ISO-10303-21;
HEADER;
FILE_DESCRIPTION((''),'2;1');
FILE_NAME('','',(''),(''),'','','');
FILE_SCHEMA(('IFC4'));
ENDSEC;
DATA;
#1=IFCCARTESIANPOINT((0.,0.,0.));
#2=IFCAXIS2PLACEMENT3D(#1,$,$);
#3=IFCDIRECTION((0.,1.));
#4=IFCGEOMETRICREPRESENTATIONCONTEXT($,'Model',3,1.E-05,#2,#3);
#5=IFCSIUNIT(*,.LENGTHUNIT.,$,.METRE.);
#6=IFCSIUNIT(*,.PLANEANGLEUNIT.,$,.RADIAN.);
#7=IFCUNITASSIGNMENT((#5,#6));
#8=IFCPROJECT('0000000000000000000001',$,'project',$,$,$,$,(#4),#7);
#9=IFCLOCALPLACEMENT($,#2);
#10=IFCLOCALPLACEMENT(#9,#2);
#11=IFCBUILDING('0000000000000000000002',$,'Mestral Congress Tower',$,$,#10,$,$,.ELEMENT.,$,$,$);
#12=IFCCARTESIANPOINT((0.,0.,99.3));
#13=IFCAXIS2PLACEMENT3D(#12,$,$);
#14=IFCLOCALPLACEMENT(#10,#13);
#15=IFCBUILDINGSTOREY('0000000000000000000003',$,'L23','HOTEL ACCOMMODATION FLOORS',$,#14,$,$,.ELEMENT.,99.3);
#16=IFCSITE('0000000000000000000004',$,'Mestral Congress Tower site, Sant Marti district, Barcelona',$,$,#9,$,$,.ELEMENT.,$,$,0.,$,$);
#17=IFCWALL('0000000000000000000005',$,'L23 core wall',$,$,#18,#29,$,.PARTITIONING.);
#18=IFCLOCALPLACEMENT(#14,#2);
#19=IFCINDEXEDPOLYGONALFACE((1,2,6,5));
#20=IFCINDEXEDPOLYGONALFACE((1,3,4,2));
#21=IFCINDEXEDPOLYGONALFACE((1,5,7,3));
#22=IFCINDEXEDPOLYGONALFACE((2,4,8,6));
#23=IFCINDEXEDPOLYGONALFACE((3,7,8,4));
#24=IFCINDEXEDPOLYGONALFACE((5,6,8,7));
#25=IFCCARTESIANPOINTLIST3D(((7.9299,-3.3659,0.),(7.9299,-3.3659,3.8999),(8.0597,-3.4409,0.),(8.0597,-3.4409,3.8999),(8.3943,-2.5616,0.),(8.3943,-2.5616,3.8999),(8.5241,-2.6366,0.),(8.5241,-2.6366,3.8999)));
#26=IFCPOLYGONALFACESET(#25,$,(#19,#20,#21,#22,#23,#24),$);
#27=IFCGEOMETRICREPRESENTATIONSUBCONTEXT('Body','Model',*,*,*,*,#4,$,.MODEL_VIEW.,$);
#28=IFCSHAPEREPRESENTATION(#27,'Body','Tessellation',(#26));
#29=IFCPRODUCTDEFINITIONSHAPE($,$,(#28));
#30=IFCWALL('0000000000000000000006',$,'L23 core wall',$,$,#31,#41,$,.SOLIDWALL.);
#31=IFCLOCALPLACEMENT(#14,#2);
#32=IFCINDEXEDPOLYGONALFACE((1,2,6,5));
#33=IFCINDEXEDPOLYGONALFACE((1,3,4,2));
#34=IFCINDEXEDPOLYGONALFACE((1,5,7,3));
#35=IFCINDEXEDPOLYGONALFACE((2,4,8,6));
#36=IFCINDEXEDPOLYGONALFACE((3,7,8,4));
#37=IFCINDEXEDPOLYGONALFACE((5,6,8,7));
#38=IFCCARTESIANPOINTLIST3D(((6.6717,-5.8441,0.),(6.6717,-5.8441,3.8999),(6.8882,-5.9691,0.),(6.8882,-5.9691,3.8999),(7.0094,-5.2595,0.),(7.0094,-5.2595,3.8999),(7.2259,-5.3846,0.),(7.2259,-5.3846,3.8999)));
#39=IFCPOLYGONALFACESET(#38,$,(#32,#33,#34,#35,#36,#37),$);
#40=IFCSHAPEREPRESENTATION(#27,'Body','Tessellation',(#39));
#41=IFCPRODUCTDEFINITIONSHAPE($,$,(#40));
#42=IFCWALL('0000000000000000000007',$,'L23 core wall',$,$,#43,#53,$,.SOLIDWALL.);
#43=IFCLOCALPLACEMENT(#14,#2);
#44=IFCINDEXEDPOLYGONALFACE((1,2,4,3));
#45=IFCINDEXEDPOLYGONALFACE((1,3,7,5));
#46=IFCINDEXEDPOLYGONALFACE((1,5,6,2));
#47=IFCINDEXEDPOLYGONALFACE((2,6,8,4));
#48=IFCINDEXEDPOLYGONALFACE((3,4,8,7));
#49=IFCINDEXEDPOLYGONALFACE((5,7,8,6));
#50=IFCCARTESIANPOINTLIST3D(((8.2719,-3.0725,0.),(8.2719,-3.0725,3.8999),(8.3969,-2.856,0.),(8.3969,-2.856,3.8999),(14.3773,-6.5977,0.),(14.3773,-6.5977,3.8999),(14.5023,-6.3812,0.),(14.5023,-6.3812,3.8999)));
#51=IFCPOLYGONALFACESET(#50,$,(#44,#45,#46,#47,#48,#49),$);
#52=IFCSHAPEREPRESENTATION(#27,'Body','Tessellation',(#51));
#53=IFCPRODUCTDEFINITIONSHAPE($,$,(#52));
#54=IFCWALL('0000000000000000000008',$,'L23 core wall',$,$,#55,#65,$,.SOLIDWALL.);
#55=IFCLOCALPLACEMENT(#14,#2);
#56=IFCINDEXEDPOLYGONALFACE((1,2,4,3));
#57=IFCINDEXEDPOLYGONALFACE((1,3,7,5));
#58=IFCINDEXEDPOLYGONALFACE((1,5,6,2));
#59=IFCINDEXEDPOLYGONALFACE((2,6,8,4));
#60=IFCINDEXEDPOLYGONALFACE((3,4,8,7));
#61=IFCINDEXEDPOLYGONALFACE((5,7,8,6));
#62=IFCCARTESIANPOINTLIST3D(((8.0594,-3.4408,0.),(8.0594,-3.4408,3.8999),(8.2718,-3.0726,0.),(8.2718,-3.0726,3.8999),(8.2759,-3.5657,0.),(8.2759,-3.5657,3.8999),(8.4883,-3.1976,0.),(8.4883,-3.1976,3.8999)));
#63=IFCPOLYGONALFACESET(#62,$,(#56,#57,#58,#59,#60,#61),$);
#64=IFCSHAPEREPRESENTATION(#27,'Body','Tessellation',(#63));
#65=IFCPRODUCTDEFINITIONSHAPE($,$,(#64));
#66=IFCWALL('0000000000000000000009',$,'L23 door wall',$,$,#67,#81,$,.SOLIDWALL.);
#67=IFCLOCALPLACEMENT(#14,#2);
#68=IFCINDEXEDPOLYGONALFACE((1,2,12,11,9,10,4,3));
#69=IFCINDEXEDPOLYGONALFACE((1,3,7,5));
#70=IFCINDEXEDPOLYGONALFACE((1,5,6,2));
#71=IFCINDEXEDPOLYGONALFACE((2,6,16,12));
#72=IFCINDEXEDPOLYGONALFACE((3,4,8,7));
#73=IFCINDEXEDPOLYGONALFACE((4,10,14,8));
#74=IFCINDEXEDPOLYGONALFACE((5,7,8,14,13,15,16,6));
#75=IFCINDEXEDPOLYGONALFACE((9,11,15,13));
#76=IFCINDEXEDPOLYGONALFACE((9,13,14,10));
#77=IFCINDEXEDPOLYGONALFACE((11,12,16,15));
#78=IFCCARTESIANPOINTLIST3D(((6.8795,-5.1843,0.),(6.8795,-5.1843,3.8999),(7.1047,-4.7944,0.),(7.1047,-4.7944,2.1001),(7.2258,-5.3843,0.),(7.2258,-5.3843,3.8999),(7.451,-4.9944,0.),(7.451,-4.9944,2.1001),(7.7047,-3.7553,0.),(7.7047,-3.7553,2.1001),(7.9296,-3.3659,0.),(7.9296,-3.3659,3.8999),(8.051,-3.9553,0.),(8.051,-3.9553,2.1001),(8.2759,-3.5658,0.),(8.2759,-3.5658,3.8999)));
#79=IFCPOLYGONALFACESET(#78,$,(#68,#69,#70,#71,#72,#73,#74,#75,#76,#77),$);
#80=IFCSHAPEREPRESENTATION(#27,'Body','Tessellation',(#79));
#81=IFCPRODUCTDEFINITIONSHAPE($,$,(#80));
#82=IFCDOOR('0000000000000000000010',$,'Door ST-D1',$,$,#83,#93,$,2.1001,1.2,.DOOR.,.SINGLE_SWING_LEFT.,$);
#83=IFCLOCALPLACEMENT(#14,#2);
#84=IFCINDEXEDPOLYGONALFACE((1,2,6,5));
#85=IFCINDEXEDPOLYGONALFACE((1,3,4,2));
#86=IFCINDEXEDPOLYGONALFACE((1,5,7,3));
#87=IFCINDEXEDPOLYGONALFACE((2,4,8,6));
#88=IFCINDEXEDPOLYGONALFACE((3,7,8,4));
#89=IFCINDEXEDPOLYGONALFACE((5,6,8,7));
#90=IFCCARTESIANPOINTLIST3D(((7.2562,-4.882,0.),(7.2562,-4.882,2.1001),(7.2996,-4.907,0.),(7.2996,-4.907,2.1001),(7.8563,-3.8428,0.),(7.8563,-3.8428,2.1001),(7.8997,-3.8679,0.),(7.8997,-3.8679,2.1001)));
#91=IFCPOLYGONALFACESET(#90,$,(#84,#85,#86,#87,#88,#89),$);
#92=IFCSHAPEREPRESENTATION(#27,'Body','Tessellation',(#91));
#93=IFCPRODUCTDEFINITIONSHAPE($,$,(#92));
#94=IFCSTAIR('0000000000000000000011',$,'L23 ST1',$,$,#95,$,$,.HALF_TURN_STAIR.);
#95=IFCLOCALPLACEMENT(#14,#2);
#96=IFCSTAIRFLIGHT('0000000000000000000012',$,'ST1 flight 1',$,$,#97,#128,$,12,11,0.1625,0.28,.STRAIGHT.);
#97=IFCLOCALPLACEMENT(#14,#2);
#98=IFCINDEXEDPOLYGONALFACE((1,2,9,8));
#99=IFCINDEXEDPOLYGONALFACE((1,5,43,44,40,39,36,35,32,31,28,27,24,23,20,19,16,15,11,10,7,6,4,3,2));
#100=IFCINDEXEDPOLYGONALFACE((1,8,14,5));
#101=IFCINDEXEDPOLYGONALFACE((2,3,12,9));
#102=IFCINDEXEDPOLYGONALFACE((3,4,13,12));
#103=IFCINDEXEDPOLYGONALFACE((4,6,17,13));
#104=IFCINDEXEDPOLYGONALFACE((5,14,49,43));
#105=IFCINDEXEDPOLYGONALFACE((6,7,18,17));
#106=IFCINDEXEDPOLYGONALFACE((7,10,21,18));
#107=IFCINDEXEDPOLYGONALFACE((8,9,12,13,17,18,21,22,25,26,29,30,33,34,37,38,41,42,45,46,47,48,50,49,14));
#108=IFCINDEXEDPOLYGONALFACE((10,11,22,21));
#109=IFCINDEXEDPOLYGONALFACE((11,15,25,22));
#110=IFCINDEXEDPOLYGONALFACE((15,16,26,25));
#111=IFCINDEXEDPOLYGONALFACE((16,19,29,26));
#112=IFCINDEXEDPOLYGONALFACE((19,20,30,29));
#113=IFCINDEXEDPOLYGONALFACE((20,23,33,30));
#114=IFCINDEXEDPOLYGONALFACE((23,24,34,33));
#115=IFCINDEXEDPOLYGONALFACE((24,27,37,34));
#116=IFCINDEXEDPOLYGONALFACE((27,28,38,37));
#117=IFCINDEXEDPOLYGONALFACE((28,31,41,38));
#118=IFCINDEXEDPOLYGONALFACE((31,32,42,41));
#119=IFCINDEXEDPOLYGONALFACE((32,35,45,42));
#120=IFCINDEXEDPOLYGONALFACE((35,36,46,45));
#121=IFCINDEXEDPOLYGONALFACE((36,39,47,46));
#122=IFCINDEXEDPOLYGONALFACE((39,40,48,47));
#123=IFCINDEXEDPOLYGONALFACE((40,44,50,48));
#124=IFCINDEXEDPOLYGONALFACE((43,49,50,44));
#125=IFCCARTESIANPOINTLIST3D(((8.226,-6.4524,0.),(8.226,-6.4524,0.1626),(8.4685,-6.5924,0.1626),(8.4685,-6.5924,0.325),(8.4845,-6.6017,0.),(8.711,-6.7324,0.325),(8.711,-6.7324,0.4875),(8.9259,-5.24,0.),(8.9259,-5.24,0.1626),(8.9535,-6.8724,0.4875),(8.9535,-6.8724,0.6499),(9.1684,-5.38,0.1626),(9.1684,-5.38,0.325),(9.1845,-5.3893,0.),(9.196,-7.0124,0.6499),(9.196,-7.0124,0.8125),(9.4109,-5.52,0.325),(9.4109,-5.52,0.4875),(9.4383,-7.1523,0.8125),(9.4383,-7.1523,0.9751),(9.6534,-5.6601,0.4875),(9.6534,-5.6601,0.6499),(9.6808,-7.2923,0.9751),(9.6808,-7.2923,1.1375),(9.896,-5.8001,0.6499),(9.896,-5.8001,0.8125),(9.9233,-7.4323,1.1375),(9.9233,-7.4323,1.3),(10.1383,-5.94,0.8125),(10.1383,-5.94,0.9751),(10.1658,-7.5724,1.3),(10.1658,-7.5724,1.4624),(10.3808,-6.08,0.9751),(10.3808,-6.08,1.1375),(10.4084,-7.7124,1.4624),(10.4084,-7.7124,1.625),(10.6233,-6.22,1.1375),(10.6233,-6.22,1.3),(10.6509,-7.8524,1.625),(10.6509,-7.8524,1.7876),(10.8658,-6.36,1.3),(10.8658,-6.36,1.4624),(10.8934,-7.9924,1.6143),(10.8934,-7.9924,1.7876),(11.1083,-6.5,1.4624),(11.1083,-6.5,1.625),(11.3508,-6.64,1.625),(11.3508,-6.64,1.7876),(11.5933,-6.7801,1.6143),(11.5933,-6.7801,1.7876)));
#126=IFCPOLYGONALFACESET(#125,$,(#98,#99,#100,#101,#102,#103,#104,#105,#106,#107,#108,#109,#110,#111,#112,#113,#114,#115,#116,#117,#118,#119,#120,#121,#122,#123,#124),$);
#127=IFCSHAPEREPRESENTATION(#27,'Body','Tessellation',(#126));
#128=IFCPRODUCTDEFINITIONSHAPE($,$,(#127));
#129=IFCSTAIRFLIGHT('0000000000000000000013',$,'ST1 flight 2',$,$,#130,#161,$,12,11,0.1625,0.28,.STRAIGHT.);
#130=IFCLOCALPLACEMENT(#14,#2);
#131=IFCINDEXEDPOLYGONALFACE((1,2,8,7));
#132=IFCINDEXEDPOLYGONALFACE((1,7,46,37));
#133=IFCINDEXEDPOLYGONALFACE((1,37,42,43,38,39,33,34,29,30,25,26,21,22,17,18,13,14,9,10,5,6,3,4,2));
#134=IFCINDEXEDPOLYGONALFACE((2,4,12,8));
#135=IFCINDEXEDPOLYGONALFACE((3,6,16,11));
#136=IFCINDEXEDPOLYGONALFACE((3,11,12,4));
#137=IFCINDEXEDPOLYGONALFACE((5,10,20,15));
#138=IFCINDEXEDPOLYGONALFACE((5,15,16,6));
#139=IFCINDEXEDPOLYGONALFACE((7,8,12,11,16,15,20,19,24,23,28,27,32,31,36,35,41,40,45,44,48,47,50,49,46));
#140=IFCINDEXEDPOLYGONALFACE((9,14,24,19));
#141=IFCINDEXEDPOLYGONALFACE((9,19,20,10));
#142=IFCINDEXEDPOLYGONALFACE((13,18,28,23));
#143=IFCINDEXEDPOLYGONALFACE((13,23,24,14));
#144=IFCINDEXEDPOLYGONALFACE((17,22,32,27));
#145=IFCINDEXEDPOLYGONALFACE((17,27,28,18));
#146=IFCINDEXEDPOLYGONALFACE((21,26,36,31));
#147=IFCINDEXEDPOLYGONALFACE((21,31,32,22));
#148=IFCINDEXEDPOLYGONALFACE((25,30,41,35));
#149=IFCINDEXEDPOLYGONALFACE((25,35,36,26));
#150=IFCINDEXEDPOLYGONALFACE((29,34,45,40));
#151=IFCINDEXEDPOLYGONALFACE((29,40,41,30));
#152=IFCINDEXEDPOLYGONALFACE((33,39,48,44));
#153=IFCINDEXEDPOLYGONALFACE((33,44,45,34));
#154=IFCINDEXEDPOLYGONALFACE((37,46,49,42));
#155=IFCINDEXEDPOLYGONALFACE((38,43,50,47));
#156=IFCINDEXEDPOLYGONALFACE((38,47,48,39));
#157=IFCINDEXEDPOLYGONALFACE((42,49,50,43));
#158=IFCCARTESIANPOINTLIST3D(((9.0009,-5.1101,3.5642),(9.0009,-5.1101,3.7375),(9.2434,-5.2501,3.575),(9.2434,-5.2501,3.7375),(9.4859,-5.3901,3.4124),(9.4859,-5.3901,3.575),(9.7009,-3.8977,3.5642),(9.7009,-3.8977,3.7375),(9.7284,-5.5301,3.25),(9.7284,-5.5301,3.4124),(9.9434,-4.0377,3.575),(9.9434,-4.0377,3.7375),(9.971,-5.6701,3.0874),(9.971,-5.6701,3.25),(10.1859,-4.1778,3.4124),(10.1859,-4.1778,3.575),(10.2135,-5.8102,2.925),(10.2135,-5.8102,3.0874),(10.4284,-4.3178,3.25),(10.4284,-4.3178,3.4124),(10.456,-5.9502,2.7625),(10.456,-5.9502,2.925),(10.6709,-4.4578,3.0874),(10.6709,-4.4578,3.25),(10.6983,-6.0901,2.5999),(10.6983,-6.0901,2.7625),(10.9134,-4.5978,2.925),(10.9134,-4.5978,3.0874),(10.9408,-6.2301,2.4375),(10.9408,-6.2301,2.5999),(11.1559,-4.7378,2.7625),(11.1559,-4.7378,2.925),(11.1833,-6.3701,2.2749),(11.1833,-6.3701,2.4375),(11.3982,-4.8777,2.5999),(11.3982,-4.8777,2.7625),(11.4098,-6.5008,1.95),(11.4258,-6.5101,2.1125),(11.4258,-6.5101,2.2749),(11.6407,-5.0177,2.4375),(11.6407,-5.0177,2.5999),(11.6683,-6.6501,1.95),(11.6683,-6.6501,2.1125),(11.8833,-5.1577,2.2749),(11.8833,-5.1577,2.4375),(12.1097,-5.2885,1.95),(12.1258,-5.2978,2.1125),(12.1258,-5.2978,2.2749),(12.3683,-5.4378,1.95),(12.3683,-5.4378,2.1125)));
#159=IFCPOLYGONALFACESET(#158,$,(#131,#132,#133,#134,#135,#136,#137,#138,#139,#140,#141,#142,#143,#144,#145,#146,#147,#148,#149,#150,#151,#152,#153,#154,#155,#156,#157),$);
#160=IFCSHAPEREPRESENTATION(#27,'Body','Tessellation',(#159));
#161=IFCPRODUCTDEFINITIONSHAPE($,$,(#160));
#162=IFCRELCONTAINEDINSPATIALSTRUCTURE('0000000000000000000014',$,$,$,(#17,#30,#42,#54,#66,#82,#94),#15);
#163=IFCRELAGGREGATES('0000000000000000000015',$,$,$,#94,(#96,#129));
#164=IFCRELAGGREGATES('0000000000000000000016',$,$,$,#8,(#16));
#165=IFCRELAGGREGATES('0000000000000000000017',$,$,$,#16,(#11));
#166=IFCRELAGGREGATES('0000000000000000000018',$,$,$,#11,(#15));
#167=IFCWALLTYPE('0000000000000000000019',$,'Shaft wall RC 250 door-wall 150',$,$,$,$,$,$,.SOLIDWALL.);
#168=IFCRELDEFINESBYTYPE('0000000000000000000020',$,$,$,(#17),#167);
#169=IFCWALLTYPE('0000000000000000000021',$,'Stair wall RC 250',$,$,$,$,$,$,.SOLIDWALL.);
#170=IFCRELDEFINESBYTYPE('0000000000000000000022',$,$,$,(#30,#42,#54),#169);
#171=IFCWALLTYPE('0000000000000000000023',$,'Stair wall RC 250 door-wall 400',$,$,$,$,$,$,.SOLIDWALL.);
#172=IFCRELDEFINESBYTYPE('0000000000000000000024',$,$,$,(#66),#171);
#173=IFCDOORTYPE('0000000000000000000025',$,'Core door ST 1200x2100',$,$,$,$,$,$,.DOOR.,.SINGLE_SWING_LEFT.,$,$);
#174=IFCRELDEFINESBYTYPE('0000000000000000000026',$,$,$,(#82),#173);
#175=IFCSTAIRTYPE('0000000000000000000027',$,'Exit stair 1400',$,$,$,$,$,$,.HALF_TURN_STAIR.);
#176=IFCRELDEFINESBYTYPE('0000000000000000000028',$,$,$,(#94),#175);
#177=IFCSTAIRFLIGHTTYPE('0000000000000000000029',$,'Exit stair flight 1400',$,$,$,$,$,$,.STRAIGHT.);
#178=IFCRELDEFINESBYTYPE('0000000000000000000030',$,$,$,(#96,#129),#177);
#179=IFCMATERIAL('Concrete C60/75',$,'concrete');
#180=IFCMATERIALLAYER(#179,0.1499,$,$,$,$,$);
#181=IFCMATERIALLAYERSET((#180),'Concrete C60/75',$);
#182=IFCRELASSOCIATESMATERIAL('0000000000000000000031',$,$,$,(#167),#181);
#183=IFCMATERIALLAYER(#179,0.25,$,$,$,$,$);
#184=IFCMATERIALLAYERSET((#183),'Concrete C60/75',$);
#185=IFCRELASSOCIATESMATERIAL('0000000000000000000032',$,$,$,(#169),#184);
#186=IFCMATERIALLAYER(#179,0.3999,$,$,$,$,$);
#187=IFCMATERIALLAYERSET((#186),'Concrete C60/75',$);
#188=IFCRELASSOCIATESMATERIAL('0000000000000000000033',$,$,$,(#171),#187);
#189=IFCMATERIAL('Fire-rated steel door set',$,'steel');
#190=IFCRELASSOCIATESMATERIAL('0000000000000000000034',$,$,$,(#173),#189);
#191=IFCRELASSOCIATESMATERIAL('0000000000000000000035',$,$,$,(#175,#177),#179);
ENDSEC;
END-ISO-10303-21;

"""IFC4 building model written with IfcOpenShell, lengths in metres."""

from ifc_helpers import new_model, si_unit, direction, frame, frame_2d, origin, place, context, subcontext, project, spatial, polyline, rectangle, outline, extrude, material, layer, layer_set, type_object, element, fill, aggregate, save


model = new_model("IFC4")

# Units and contexts
model_context = context("Model", 3, precision=1e-05, world=origin(), true_north=direction((0.0, 1.0)))
body_context = subcontext(model_context, "Body", "Model", "MODEL_VIEW")
ifc_project = project(units=[si_unit("LENGTHUNIT", "METRE"), si_unit("PLANEANGLEUNIT", "RADIAN")], contexts=[model_context])

# Site, building, storey
site_placement = place(None, origin())
site = spatial("IfcSite", under=ifc_project, at=site_placement, Name="Mestral Congress Tower site, Sant Marti district, Barcelona", CompositionType="ELEMENT", RefElevation=0.0)
building_placement = place(site_placement, origin())
building = spatial("IfcBuilding", under=site, at=building_placement, Name="Mestral Congress Tower", CompositionType="ELEMENT")
storey_placement = place(building_placement, frame((0.0, 0.0, 99.3)))
storey = spatial("IfcBuildingStorey", under=building, at=storey_placement, Name="L23", Description="HOTEL ACCOMMODATION FLOORS", CompositionType="ELEMENT", Elevation=99.3)

# Shared definitions
ifc_material_1 = material(Name="Fire-rated steel door set", Category="steel")

# Shared definitions
ifc_material_2 = material(Name="Concrete C60/75", Category="concrete")

# Walls
ifc_layer_1 = layer(ifc_material_2, 0.1499)
ifc_layer_set_1 = layer_set([ifc_layer_1], Name="Concrete C60/75")
wall_type_1 = type_object("IfcWallType", Name="Shaft wall RC 250 door-wall 150", PredefinedType="SOLIDWALL", material=ifc_layer_set_1)
wall_1_placement = place(storey_placement, frame((8.4592, -2.5991, 0.0), z_axis=(0.0, 0.0, 1.0), x_axis=(-0.500041, -0.866002, 0.0)))
element("IfcWall", 1, at=wall_1_placement, inside=storey, type_object=wall_type_1, Name="L23 core wall", PredefinedType="PARTITIONING", context=body_context, shape_type="SweptSolid", body=[
    extrude(rectangle(XDim=0.9287, YDim=0.1499, at=frame_2d((0.4644, 0.0))), origin(), (0.0, 0.0, 1.0), 3.8999),
])
ifc_layer_2 = layer(ifc_material_2, 0.25)
ifc_layer_set_2 = layer_set([ifc_layer_2], Name="Concrete C60/75")
wall_type_2 = type_object("IfcWallType", Name="Stair wall RC 250", PredefinedType="SOLIDWALL", material=ifc_layer_set_2)
wall_2_placement = place(storey_placement, frame((6.78, -5.9065, 0.0), z_axis=(0.0, 0.0, 1.0), x_axis=(0.500223, 0.865896, 0.0)))
element("IfcWall", 2, at=wall_2_placement, inside=storey, type_object=wall_type_2, Name="L23 core wall", PredefinedType="SOLIDWALL", context=body_context, shape_type="SweptSolid", body=[
    extrude(rectangle(XDim=0.675, YDim=0.25, at=frame_2d((0.3374, 0.0))), origin(), (0.0, 0.0, 1.0), 3.8999),
])
wall_3_placement = place(storey_placement, frame((8.3345, -2.9644, 0.0), z_axis=(0.0, 0.0, 1.0), x_axis=(0.866016, -0.500016, 0.0)))
element("IfcWall", 3, at=wall_3_placement, inside=storey, type_object=wall_type_2, Name="L23 core wall", PredefinedType="SOLIDWALL", context=body_context, shape_type="SweptSolid", body=[
    extrude(rectangle(XDim=7.05, YDim=0.25, at=frame_2d((3.5249, 0.0))), origin(), (0.0, 0.0, 1.0), 3.8999),
])
wall_4_placement = place(storey_placement, frame((8.1677, -3.5032, 0.0), z_axis=(0.0, 0.0, 1.0), x_axis=(0.499722, 0.866186, 0.0)))
element("IfcWall", 4, at=wall_4_placement, inside=storey, type_object=wall_type_2, Name="L23 core wall", PredefinedType="SOLIDWALL", context=body_context, shape_type="SweptSolid", body=[
    extrude(rectangle(XDim=0.425, YDim=0.25, at=frame_2d((0.2124, 0.0))), origin(), (0.0, 0.0, 1.0), 3.8999),
])

# Wall, opening, door
ifc_layer_3 = layer(ifc_material_2, 0.3999)
ifc_layer_set_3 = layer_set([ifc_layer_3], Name="Concrete C60/75")
wall_type_3 = type_object("IfcWallType", Name="Stair wall RC 250 door-wall 400", PredefinedType="SOLIDWALL", material=ifc_layer_set_3)
wall_5_placement = place(storey_placement, frame((7.0527, -5.2842, 0.0), z_axis=(0.0, 0.0, 1.0), x_axis=(0.500078, 0.86598, 0.0)))
wall_5 = element("IfcWall", 5, at=wall_5_placement, inside=storey, type_object=wall_type_3, Name="L23 door wall", PredefinedType="SOLIDWALL", context=body_context, shape_type="SweptSolid", body=[
    extrude(rectangle(XDim=2.0999, YDim=0.3999, at=frame_2d((1.0498, 0.0))), origin(), (0.0, 0.0, 1.0), 3.8999),
])
opening_1_placement = place(wall_5_placement, frame((0.45, 0.0, 0.0)))
opening_1 = element("IfcOpeningElement", 6, at=opening_1_placement, cuts=wall_5, PredefinedType="OPENING", context=body_context, shape_type="SweptSolid", body=[
    extrude(rectangle(XDim=1.2, YDim=2.1001, at=frame_2d((0.6001, 1.05))), frame((0.0, 0.21, 0.0), z_axis=(0.0, -1.0, 0.0), x_axis=(1.0, 0.0, 0.0)), (0.0, 0.0, 1.0), 0.4199),
])
door_type_1 = type_object("IfcDoorType", Name="Core door ST 1200x2100", OperationType="SINGLE_SWING_LEFT", PredefinedType="DOOR", material=ifc_material_1)
door_1_placement = place(opening_1_placement, origin())
door_1 = element("IfcDoor", 7, at=door_1_placement, inside=storey, type_object=door_type_1, Name="Door ST-D1", OperationType="SINGLE_SWING_LEFT", OverallHeight=2.1001, OverallWidth=1.2, PredefinedType="DOOR", context=body_context, shape_type="SweptSolid", body=[
    extrude(rectangle(XDim=1.2, YDim=2.1001, at=frame_2d((0.6001, 1.05))), frame((0.0, 0.0249, 0.0), z_axis=(0.0, -1.0, 0.0), x_axis=(1.0, 0.0, 0.0)), (0.0, 0.0, 1.0), 0.05),
])
fill(opening_1, door_1)

# Stair, stair flights
stair_type = type_object("IfcStairType", Name="Exit stair 1400", PredefinedType="HALF_TURN_STAIR", material=ifc_material_2)
stair_placement = place(storey_placement, origin())
stair = element("IfcStair", 8, at=stair_placement, inside=storey, type_object=stair_type, Name="L23 ST1", PredefinedType="HALF_TURN_STAIR")
stair_flight_type = type_object("IfcStairFlightType", Name="Exit stair flight 1400", PredefinedType="STRAIGHT", material=ifc_material_2)
stair_flight_1_placement = place(storey_placement, frame((8.5759, -5.8462, 0.0), z_axis=(0.0, 0.0, 1.0), x_axis=(0.866025, -0.5, 0.0)))
stair_flight_1 = element("IfcStairFlight", 9, at=stair_flight_1_placement, type_object=stair_flight_type, Name="ST1 flight 1", NumberOfRisers=12, NumberOfTreads=11, PredefinedType="STRAIGHT", RiserHeight=0.1625, TreadLength=0.28, context=body_context, shape_type="SweptSolid", body=[
    extrude(outline(polyline([(0.0, 0.0), (0.0, 0.1626), (0.28, 0.1626), (0.28, 0.325), (0.5601, 0.325), (0.5601, 0.4875), (0.8401, 0.4875), (0.8401, 0.6499), (1.1201, 0.6499), (1.1201, 0.8125), (1.3999, 0.8125), (1.3999, 0.9751), (1.6799, 0.9751), (1.6799, 1.1375), (1.96, 1.1375), (1.96, 1.3), (2.24, 1.3), (2.24, 1.4624), (2.52, 1.4624), (2.52, 1.625), (2.8, 1.625), (2.8, 1.7876), (3.0801, 1.7876), (3.0801, 1.95), (3.0801, 1.6143), (0.2986, 0.0), (0.0, 0.0)])), frame((0.0, 0.7, 0.0), z_axis=(0.0, -1.0, 0.0), x_axis=(1.0, 0.0, 0.0)), (0.0, 0.0, 1.0), 1.3999),
])
stair_flight_2_placement = place(storey_placement, frame((12.0183, -6.0439, 1.95), z_axis=(0.0, 0.0, 1.0), x_axis=(-0.866025, 0.5, 0.0)))
stair_flight_2 = element("IfcStairFlight", 10, at=stair_flight_2_placement, type_object=stair_flight_type, Name="ST1 flight 2", NumberOfRisers=12, NumberOfTreads=11, PredefinedType="STRAIGHT", RiserHeight=0.1625, TreadLength=0.28, context=body_context, shape_type="SweptSolid", body=[
    extrude(outline(polyline([(0.0, 0.0), (0.0, 0.1626), (0.28, 0.1626), (0.28, 0.325), (0.5601, 0.325), (0.5601, 0.4875), (0.8401, 0.4875), (0.8401, 0.6499), (1.1201, 0.6499), (1.1201, 0.8125), (1.3999, 0.8125), (1.3999, 0.9751), (1.6799, 0.9751), (1.6799, 1.1375), (1.96, 1.1375), (1.96, 1.3), (2.24, 1.3), (2.24, 1.4624), (2.52, 1.4624), (2.52, 1.625), (2.8, 1.625), (2.8, 1.7876), (3.0801, 1.7876), (3.0801, 1.95), (3.0801, 1.6143), (0.2986, 0.0), (0.0, 0.0)])), frame((0.0, 0.7, 0.0), z_axis=(0.0, -1.0, 0.0), x_axis=(1.0, 0.0, 0.0)), (0.0, 0.0, 1.0), 1.3999),
])
aggregate(stair, [stair_flight_1, stair_flight_2])

save(model, "model.ifc")
